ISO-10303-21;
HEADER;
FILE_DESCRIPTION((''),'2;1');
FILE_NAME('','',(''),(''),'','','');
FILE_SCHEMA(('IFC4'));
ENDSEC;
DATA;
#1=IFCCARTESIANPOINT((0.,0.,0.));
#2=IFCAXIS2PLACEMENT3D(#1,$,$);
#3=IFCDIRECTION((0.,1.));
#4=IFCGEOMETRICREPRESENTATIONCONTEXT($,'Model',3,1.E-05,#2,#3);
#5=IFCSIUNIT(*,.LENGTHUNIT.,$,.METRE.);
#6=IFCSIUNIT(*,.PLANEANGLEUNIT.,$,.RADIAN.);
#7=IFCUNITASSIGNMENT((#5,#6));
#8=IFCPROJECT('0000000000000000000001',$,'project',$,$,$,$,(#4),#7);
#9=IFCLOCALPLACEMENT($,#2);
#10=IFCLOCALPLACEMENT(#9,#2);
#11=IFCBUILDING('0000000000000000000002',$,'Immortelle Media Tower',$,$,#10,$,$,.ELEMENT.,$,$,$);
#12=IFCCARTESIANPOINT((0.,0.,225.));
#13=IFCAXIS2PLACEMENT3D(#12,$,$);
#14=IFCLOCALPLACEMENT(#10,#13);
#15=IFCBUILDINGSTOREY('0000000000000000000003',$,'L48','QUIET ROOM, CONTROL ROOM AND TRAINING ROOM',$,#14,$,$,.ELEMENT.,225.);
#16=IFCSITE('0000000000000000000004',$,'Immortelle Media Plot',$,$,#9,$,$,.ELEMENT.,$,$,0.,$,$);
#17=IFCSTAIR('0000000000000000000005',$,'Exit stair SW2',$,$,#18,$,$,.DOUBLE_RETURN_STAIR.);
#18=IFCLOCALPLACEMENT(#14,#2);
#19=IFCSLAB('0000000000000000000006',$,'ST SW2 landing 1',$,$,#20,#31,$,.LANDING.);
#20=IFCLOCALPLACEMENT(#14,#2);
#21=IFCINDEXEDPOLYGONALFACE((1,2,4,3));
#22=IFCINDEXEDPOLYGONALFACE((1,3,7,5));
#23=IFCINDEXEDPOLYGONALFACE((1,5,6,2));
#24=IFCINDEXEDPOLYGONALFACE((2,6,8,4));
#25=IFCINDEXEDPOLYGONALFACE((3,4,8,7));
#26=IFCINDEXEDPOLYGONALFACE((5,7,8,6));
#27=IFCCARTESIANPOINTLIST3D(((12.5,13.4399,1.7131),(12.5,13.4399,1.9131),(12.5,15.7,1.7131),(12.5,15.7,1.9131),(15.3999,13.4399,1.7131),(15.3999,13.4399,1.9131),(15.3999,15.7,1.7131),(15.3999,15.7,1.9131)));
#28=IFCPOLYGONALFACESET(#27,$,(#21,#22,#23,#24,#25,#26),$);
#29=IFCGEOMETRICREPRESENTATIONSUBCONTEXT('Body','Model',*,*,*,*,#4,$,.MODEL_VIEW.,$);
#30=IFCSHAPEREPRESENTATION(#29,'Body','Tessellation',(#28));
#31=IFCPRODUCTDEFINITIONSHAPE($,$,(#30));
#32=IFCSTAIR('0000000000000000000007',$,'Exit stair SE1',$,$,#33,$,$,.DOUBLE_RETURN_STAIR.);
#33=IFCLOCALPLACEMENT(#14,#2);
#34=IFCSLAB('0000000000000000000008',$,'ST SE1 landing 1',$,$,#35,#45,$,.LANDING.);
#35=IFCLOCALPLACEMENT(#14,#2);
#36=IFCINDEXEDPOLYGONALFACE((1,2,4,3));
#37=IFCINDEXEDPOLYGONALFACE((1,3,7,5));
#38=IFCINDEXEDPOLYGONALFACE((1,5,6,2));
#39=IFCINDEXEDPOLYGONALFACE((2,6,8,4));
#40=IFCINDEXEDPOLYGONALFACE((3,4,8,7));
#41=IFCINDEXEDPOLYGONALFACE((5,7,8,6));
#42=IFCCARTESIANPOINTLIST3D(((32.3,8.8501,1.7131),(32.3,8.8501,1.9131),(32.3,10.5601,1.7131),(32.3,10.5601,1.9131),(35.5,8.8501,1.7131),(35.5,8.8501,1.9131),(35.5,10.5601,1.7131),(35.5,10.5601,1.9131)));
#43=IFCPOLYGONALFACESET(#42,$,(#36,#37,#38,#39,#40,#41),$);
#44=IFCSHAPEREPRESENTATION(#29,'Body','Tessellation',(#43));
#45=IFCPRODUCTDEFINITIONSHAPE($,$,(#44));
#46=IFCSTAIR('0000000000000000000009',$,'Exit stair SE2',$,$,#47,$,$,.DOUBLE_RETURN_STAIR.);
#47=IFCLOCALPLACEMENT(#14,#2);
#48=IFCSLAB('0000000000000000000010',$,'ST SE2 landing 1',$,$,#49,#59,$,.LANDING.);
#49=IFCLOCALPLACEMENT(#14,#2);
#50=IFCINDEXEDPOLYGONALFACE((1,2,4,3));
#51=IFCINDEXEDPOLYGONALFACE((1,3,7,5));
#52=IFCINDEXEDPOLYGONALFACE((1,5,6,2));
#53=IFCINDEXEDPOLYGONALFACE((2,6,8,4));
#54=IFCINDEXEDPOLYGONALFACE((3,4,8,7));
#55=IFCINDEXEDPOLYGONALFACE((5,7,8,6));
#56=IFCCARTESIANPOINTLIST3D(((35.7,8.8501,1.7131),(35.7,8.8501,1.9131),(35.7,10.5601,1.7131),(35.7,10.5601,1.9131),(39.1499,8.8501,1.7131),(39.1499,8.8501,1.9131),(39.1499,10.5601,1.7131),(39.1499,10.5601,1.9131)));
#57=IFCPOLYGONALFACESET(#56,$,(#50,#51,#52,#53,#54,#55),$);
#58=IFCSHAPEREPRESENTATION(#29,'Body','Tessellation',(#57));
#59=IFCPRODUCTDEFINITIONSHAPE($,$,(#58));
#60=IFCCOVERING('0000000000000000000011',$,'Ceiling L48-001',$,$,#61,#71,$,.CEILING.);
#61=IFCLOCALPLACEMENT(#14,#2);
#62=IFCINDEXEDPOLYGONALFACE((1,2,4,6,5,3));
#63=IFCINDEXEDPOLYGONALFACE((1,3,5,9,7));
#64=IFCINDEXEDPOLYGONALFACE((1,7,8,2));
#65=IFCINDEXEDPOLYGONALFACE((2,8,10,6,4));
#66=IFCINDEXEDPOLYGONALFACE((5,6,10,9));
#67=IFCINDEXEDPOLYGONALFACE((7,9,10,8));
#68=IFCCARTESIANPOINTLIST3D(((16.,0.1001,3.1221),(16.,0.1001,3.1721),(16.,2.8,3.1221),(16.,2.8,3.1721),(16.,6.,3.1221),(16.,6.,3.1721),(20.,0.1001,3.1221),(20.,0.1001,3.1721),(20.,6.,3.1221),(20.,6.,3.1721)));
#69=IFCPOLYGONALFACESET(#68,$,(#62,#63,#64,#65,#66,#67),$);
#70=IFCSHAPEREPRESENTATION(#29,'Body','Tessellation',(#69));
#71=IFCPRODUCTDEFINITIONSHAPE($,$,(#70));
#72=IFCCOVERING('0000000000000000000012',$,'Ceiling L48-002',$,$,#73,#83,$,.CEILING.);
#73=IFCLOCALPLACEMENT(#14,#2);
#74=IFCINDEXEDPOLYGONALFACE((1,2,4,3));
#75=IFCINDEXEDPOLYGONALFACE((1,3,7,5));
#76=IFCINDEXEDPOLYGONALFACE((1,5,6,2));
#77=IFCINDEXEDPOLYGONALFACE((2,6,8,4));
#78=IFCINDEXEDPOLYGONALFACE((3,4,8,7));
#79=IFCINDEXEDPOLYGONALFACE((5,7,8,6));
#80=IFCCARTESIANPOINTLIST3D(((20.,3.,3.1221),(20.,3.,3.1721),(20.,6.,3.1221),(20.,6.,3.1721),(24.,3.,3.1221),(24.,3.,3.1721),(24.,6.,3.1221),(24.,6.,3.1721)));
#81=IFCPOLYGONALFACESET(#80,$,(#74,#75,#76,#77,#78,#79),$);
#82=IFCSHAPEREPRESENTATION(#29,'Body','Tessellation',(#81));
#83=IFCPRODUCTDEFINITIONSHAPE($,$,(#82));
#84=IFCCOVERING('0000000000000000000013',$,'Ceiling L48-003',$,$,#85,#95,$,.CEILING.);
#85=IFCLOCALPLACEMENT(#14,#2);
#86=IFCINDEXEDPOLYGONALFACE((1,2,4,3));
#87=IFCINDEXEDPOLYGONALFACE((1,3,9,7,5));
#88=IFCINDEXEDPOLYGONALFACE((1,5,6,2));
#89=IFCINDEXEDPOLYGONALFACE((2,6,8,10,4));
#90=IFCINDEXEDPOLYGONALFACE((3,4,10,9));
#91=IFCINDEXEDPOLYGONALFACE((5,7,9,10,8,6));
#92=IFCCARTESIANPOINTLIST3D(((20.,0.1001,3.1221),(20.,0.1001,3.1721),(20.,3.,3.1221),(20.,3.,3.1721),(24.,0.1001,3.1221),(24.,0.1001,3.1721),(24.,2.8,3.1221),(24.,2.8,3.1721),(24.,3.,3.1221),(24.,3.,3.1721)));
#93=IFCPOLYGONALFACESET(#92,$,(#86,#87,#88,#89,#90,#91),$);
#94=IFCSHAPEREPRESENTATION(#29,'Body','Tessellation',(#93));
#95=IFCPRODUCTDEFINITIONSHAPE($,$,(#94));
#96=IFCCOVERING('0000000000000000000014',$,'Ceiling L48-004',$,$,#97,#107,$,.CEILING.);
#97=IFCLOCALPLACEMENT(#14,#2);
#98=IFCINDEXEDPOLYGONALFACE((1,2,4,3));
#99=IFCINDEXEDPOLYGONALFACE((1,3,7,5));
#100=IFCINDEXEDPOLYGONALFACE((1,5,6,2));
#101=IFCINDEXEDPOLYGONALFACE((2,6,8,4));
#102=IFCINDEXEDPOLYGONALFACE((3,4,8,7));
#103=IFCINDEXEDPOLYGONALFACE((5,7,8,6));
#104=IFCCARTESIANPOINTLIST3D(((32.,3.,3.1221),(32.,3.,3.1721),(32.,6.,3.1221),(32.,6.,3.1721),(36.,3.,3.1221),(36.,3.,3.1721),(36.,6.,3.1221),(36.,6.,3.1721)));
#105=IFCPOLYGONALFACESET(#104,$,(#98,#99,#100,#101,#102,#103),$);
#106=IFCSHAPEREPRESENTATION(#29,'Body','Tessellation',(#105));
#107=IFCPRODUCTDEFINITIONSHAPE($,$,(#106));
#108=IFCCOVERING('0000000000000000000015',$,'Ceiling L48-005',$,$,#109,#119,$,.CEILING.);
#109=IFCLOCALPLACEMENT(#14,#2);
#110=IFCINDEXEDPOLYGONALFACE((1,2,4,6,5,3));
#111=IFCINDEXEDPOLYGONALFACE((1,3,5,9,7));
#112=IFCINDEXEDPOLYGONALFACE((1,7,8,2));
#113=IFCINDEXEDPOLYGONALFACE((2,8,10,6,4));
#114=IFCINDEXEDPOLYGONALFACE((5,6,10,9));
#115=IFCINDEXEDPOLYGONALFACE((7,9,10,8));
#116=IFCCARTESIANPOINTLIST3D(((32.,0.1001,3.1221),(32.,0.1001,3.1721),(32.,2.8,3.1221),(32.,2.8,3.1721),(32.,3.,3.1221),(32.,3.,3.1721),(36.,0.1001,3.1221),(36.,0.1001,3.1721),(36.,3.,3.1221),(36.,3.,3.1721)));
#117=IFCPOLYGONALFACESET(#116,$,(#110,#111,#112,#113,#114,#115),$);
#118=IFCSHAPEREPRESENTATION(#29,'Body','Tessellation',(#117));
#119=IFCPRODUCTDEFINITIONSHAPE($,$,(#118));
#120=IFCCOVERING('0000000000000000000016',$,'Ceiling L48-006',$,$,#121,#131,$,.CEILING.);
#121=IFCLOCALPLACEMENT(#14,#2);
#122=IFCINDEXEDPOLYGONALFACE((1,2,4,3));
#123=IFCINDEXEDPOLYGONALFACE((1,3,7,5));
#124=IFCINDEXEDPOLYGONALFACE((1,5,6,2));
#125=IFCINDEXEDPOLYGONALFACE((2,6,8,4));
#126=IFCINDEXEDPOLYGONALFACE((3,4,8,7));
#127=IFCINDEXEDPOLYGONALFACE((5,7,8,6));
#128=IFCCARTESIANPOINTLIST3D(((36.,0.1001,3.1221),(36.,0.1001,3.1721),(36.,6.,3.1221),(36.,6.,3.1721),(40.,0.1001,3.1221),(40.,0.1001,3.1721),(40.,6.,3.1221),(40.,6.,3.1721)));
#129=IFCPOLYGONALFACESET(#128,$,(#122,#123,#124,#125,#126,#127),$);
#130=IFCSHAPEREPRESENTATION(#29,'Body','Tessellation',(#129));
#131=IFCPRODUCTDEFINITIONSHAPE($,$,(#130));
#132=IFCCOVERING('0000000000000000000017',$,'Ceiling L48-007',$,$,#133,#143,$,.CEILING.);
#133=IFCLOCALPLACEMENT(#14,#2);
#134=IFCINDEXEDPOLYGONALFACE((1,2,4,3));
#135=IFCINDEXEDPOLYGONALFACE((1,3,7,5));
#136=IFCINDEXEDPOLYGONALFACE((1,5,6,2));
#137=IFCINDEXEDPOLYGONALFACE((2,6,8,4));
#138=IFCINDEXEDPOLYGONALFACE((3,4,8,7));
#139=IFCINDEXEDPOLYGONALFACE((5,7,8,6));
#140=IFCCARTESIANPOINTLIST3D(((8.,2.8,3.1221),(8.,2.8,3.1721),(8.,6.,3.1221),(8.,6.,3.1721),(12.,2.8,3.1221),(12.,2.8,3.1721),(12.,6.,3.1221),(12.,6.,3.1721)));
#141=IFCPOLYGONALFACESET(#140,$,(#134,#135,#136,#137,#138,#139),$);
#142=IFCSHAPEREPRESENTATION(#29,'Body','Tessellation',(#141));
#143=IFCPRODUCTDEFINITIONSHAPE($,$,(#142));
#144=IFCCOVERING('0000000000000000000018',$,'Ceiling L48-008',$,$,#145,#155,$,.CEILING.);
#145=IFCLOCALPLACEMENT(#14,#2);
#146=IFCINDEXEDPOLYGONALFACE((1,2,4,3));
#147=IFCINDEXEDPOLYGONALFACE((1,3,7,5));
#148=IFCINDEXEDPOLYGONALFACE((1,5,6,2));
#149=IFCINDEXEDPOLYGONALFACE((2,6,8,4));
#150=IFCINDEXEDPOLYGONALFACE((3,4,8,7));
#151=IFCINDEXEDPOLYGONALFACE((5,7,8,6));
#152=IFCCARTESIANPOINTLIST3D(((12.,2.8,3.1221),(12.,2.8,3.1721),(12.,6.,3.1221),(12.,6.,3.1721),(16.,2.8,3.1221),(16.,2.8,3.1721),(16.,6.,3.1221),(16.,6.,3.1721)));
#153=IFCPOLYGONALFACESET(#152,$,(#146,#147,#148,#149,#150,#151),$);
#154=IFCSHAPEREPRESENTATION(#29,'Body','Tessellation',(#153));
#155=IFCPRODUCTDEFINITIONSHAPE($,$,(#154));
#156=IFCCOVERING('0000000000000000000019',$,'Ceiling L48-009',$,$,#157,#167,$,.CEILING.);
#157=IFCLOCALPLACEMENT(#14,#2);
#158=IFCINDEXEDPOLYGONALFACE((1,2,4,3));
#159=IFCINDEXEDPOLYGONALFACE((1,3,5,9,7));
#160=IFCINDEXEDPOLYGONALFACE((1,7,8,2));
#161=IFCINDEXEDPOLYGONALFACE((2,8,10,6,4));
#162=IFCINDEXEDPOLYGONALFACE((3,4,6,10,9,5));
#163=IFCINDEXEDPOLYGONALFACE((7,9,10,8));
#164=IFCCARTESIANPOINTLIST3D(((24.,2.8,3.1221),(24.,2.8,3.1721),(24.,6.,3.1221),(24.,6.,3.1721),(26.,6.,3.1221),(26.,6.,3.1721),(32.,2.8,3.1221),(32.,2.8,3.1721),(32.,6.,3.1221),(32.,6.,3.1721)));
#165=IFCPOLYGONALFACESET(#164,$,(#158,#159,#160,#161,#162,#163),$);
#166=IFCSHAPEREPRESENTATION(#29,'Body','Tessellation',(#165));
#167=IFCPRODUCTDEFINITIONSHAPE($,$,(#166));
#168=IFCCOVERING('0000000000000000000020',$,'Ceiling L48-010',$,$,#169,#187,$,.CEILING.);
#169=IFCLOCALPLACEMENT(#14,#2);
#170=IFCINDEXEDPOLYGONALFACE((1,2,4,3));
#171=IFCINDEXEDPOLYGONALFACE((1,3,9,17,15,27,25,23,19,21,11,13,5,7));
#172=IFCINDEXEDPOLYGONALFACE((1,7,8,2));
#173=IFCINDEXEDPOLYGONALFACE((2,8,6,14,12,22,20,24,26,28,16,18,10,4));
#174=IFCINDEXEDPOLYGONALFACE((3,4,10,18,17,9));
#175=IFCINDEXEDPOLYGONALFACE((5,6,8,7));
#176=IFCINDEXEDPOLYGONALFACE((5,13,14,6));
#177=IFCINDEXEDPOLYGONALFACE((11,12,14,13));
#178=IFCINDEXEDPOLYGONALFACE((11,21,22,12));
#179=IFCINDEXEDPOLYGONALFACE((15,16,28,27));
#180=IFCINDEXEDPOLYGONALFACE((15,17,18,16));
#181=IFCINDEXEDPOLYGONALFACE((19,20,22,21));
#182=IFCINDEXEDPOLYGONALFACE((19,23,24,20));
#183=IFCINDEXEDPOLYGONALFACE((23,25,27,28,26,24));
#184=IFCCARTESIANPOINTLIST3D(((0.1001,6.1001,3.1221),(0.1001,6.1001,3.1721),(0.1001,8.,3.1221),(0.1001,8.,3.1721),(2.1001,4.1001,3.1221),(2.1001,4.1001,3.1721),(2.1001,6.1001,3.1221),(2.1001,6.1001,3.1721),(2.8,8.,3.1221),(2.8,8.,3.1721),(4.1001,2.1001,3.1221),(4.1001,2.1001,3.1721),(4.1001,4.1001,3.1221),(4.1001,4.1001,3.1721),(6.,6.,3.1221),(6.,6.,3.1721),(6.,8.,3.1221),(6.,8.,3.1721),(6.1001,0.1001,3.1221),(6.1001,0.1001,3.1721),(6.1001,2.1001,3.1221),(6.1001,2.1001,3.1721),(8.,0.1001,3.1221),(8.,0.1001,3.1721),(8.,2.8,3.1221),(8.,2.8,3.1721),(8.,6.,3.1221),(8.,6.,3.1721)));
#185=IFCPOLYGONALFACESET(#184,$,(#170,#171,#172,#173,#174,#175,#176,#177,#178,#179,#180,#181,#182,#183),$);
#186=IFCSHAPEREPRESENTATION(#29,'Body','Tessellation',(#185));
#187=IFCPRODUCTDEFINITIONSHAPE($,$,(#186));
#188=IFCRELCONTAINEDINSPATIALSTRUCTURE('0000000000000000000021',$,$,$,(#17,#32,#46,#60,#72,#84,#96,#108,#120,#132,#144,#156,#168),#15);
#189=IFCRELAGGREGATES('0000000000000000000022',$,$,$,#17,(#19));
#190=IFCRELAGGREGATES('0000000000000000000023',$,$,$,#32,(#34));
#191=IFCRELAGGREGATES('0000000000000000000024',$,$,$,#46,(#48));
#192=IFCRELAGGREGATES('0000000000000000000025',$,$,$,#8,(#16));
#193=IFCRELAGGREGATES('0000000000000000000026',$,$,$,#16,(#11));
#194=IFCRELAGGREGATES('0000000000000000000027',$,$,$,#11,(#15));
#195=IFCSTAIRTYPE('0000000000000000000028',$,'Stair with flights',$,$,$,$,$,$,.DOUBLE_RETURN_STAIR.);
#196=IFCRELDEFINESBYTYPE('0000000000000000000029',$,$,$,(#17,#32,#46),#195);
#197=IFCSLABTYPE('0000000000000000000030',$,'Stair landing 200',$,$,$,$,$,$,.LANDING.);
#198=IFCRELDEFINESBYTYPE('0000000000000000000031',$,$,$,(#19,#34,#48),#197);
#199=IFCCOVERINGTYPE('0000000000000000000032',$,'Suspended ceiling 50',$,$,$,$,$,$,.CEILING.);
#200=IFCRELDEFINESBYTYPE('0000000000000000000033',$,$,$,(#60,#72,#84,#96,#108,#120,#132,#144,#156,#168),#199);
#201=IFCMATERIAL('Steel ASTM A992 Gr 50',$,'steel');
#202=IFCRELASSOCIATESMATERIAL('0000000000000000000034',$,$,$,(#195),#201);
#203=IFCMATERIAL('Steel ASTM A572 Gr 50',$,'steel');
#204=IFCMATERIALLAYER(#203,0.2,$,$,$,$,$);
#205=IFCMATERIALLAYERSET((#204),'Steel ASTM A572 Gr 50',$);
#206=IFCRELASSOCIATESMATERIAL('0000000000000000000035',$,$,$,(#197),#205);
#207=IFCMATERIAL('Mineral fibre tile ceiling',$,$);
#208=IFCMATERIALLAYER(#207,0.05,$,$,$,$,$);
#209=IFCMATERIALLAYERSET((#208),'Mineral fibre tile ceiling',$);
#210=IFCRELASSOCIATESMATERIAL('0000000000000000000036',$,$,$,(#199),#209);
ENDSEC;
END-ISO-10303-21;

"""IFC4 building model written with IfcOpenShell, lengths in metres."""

from ifc_helpers import new_model, si_unit, direction, frame, origin, place, context, subcontext, project, spatial, polyline, outline, extrude, material, layer, layer_set, type_object, element, aggregate, save


model = new_model("IFC4")

# Units and contexts
model_context = context("Model", 3, precision=1e-05, world=origin(), true_north=direction((0.0, 1.0)))
body_context = subcontext(model_context, "Body", "Model", "MODEL_VIEW")
ifc_project = project(units=[si_unit("LENGTHUNIT", "METRE"), si_unit("PLANEANGLEUNIT", "RADIAN")], contexts=[model_context])

# Site, building, storey
site_placement = place(None, origin())
site = spatial("IfcSite", under=ifc_project, at=site_placement, Name="Immortelle Media Plot", CompositionType="ELEMENT", RefElevation=0.0)
building_placement = place(site_placement, origin())
building = spatial("IfcBuilding", under=site, at=building_placement, Name="Immortelle Media Tower", CompositionType="ELEMENT")
storey_placement = place(building_placement, frame((0.0, 0.0, 225.0)))
storey = spatial("IfcBuildingStorey", under=building, at=storey_placement, Name="L48", Description="QUIET ROOM, CONTROL ROOM AND TRAINING ROOM", CompositionType="ELEMENT", Elevation=225.0)

# Shared definitions
ifc_material_1 = material(Name="Steel ASTM A992 Gr 50", Category="steel")

# Stairs, slabs
stair_type = type_object("IfcStairType", Name="Stair with flights", PredefinedType="DOUBLE_RETURN_STAIR", material=ifc_material_1)
ifc_material_2 = material(Name="Steel ASTM A572 Gr 50", Category="steel")
ifc_layer_1 = layer(ifc_material_2, 0.2)
ifc_layer_set_1 = layer_set([ifc_layer_1], Name="Steel ASTM A572 Gr 50")
slab_type_1 = type_object("IfcSlabType", Name="Stair landing 200", PredefinedType="LANDING", material=ifc_layer_set_1)
stair_1_placement = place(storey_placement, origin())
stair_1 = element("IfcStair", 1, at=stair_1_placement, inside=storey, type_object=stair_type, Name="Exit stair SW2", PredefinedType="DOUBLE_RETURN_STAIR")
slab_1_placement = place(storey_placement, frame((0.0, 0.0, 1.7131)))
slab_1 = element("IfcSlab", 2, at=slab_1_placement, type_object=slab_type_1, Name="ST SW2 landing 1", PredefinedType="LANDING", context=body_context, shape_type="SweptSolid", body=[
    extrude(outline(polyline([(12.5, 13.4399), (15.3999, 13.4399), (15.3999, 15.7), (12.5, 15.7), (12.5, 13.4399)])), origin(), (0.0, 0.0, 1.0), 0.2),
])
aggregate(stair_1, [slab_1])
stair_2_placement = place(storey_placement, origin())
stair_2 = element("IfcStair", 3, at=stair_2_placement, inside=storey, type_object=stair_type, Name="Exit stair SE1", PredefinedType="DOUBLE_RETURN_STAIR")
slab_2_placement = place(storey_placement, frame((0.0, 0.0, 1.7131)))
slab_2 = element("IfcSlab", 4, at=slab_2_placement, type_object=slab_type_1, Name="ST SE1 landing 1", PredefinedType="LANDING", context=body_context, shape_type="SweptSolid", body=[
    extrude(outline(polyline([(32.3, 8.8501), (35.5, 8.8501), (35.5, 10.5601), (32.3, 10.5601), (32.3, 8.8501)])), origin(), (0.0, 0.0, 1.0), 0.2),
])
aggregate(stair_2, [slab_2])
stair_3_placement = place(storey_placement, origin())
stair_3 = element("IfcStair", 5, at=stair_3_placement, inside=storey, type_object=stair_type, Name="Exit stair SE2", PredefinedType="DOUBLE_RETURN_STAIR")
slab_3_placement = place(storey_placement, frame((0.0, 0.0, 1.7131)))
slab_3 = element("IfcSlab", 6, at=slab_3_placement, type_object=slab_type_1, Name="ST SE2 landing 1", PredefinedType="LANDING", context=body_context, shape_type="SweptSolid", body=[
    extrude(outline(polyline([(35.7, 8.8501), (39.1499, 8.8501), (39.1499, 10.5601), (35.7, 10.5601), (35.7, 8.8501)])), origin(), (0.0, 0.0, 1.0), 0.2),
])
aggregate(stair_3, [slab_3])

# Coverings
ifc_material_3 = material(Name="Mineral fibre tile ceiling")
ifc_layer_2 = layer(ifc_material_3, 0.05)
ifc_layer_set_2 = layer_set([ifc_layer_2], Name="Mineral fibre tile ceiling")
covering_type = type_object("IfcCoveringType", Name="Suspended ceiling 50", PredefinedType="CEILING", material=ifc_layer_set_2)
covering_1_placement = place(storey_placement, frame((0.0, 0.0, 3.1221)))
element("IfcCovering", 7, at=covering_1_placement, inside=storey, type_object=covering_type, Name="Ceiling L48-001", PredefinedType="CEILING", context=body_context, shape_type="SweptSolid", body=[
    extrude(outline(polyline([(16.0, 2.8), (16.0, 6.0), (20.0, 6.0), (20.0, 0.1001), (16.0, 0.1001), (16.0, 2.8)])), origin(), (0.0, 0.0, 1.0), 0.05),
])
covering_2_placement = place(storey_placement, frame((0.0, 0.0, 3.1221)))
element("IfcCovering", 8, at=covering_2_placement, inside=storey, type_object=covering_type, Name="Ceiling L48-002", PredefinedType="CEILING", context=body_context, shape_type="SweptSolid", body=[
    extrude(outline(polyline([(24.0, 3.0), (20.0, 3.0), (20.0, 6.0), (24.0, 6.0), (24.0, 3.0)])), origin(), (0.0, 0.0, 1.0), 0.05),
])
covering_3_placement = place(storey_placement, frame((0.0, 0.0, 3.1221)))
element("IfcCovering", 9, at=covering_3_placement, inside=storey, type_object=covering_type, Name="Ceiling L48-003", PredefinedType="CEILING", context=body_context, shape_type="SweptSolid", body=[
    extrude(outline(polyline([(24.0, 2.8), (24.0, 0.1001), (20.0, 0.1001), (20.0, 3.0), (24.0, 3.0), (24.0, 2.8)])), origin(), (0.0, 0.0, 1.0), 0.05),
])
covering_4_placement = place(storey_placement, frame((0.0, 0.0, 3.1221)))
element("IfcCovering", 10, at=covering_4_placement, inside=storey, type_object=covering_type, Name="Ceiling L48-004", PredefinedType="CEILING", context=body_context, shape_type="SweptSolid", body=[
    extrude(outline(polyline([(32.0, 6.0), (36.0, 6.0), (36.0, 3.0), (32.0, 3.0), (32.0, 6.0)])), origin(), (0.0, 0.0, 1.0), 0.05),
])
covering_5_placement = place(storey_placement, frame((0.0, 0.0, 3.1221)))
element("IfcCovering", 11, at=covering_5_placement, inside=storey, type_object=covering_type, Name="Ceiling L48-005", PredefinedType="CEILING", context=body_context, shape_type="SweptSolid", body=[
    extrude(outline(polyline([(32.0, 3.0), (36.0, 3.0), (36.0, 0.1001), (32.0, 0.1001), (32.0, 2.8), (32.0, 3.0)])), origin(), (0.0, 0.0, 1.0), 0.05),
])
covering_6_placement = place(storey_placement, frame((0.0, 0.0, 3.1221)))
element("IfcCovering", 12, at=covering_6_placement, inside=storey, type_object=covering_type, Name="Ceiling L48-006", PredefinedType="CEILING", context=body_context, shape_type="SweptSolid", body=[
    extrude(outline(polyline([(40.0, 6.0), (40.0, 0.1001), (36.0, 0.1001), (36.0, 6.0), (40.0, 6.0)])), origin(), (0.0, 0.0, 1.0), 0.05),
])
covering_7_placement = place(storey_placement, frame((0.0, 0.0, 3.1221)))
element("IfcCovering", 13, at=covering_7_placement, inside=storey, type_object=covering_type, Name="Ceiling L48-007", PredefinedType="CEILING", context=body_context, shape_type="SweptSolid", body=[
    extrude(outline(polyline([(8.0, 6.0), (12.0, 6.0), (12.0, 2.8), (8.0, 2.8), (8.0, 6.0)])), origin(), (0.0, 0.0, 1.0), 0.05),
])
covering_8_placement = place(storey_placement, frame((0.0, 0.0, 3.1221)))
element("IfcCovering", 14, at=covering_8_placement, inside=storey, type_object=covering_type, Name="Ceiling L48-008", PredefinedType="CEILING", context=body_context, shape_type="SweptSolid", body=[
    extrude(outline(polyline([(16.0, 6.0), (16.0, 2.8), (12.0, 2.8), (12.0, 6.0), (16.0, 6.0)])), origin(), (0.0, 0.0, 1.0), 0.05),
])
covering_9_placement = place(storey_placement, frame((0.0, 0.0, 3.1221)))
element("IfcCovering", 15, at=covering_9_placement, inside=storey, type_object=covering_type, Name="Ceiling L48-009", PredefinedType="CEILING", context=body_context, shape_type="SweptSolid", body=[
    extrude(outline(polyline([(24.0, 2.8), (24.0, 6.0), (26.0, 6.0), (32.0, 6.0), (32.0, 2.8), (24.0, 2.8)])), origin(), (0.0, 0.0, 1.0), 0.05),
])
covering_10_placement = place(storey_placement, frame((0.0, 0.0, 3.1221)))
element("IfcCovering", 16, at=covering_10_placement, inside=storey, type_object=covering_type, Name="Ceiling L48-010", PredefinedType="CEILING", context=body_context, shape_type="SweptSolid", body=[
    extrude(outline(polyline([(6.1001, 0.1001), (6.1001, 2.1001), (4.1001, 2.1001), (4.1001, 4.1001), (2.1001, 4.1001), (2.1001, 6.1001), (0.1001, 6.1001), (0.1001, 8.0), (2.8, 8.0), (6.0, 8.0), (6.0, 6.0), (8.0, 6.0), (8.0, 2.8), (8.0, 0.1001), (6.1001, 0.1001)])), origin(), (0.0, 0.0, 1.0), 0.05),
])

save(model, "model.ifc")
